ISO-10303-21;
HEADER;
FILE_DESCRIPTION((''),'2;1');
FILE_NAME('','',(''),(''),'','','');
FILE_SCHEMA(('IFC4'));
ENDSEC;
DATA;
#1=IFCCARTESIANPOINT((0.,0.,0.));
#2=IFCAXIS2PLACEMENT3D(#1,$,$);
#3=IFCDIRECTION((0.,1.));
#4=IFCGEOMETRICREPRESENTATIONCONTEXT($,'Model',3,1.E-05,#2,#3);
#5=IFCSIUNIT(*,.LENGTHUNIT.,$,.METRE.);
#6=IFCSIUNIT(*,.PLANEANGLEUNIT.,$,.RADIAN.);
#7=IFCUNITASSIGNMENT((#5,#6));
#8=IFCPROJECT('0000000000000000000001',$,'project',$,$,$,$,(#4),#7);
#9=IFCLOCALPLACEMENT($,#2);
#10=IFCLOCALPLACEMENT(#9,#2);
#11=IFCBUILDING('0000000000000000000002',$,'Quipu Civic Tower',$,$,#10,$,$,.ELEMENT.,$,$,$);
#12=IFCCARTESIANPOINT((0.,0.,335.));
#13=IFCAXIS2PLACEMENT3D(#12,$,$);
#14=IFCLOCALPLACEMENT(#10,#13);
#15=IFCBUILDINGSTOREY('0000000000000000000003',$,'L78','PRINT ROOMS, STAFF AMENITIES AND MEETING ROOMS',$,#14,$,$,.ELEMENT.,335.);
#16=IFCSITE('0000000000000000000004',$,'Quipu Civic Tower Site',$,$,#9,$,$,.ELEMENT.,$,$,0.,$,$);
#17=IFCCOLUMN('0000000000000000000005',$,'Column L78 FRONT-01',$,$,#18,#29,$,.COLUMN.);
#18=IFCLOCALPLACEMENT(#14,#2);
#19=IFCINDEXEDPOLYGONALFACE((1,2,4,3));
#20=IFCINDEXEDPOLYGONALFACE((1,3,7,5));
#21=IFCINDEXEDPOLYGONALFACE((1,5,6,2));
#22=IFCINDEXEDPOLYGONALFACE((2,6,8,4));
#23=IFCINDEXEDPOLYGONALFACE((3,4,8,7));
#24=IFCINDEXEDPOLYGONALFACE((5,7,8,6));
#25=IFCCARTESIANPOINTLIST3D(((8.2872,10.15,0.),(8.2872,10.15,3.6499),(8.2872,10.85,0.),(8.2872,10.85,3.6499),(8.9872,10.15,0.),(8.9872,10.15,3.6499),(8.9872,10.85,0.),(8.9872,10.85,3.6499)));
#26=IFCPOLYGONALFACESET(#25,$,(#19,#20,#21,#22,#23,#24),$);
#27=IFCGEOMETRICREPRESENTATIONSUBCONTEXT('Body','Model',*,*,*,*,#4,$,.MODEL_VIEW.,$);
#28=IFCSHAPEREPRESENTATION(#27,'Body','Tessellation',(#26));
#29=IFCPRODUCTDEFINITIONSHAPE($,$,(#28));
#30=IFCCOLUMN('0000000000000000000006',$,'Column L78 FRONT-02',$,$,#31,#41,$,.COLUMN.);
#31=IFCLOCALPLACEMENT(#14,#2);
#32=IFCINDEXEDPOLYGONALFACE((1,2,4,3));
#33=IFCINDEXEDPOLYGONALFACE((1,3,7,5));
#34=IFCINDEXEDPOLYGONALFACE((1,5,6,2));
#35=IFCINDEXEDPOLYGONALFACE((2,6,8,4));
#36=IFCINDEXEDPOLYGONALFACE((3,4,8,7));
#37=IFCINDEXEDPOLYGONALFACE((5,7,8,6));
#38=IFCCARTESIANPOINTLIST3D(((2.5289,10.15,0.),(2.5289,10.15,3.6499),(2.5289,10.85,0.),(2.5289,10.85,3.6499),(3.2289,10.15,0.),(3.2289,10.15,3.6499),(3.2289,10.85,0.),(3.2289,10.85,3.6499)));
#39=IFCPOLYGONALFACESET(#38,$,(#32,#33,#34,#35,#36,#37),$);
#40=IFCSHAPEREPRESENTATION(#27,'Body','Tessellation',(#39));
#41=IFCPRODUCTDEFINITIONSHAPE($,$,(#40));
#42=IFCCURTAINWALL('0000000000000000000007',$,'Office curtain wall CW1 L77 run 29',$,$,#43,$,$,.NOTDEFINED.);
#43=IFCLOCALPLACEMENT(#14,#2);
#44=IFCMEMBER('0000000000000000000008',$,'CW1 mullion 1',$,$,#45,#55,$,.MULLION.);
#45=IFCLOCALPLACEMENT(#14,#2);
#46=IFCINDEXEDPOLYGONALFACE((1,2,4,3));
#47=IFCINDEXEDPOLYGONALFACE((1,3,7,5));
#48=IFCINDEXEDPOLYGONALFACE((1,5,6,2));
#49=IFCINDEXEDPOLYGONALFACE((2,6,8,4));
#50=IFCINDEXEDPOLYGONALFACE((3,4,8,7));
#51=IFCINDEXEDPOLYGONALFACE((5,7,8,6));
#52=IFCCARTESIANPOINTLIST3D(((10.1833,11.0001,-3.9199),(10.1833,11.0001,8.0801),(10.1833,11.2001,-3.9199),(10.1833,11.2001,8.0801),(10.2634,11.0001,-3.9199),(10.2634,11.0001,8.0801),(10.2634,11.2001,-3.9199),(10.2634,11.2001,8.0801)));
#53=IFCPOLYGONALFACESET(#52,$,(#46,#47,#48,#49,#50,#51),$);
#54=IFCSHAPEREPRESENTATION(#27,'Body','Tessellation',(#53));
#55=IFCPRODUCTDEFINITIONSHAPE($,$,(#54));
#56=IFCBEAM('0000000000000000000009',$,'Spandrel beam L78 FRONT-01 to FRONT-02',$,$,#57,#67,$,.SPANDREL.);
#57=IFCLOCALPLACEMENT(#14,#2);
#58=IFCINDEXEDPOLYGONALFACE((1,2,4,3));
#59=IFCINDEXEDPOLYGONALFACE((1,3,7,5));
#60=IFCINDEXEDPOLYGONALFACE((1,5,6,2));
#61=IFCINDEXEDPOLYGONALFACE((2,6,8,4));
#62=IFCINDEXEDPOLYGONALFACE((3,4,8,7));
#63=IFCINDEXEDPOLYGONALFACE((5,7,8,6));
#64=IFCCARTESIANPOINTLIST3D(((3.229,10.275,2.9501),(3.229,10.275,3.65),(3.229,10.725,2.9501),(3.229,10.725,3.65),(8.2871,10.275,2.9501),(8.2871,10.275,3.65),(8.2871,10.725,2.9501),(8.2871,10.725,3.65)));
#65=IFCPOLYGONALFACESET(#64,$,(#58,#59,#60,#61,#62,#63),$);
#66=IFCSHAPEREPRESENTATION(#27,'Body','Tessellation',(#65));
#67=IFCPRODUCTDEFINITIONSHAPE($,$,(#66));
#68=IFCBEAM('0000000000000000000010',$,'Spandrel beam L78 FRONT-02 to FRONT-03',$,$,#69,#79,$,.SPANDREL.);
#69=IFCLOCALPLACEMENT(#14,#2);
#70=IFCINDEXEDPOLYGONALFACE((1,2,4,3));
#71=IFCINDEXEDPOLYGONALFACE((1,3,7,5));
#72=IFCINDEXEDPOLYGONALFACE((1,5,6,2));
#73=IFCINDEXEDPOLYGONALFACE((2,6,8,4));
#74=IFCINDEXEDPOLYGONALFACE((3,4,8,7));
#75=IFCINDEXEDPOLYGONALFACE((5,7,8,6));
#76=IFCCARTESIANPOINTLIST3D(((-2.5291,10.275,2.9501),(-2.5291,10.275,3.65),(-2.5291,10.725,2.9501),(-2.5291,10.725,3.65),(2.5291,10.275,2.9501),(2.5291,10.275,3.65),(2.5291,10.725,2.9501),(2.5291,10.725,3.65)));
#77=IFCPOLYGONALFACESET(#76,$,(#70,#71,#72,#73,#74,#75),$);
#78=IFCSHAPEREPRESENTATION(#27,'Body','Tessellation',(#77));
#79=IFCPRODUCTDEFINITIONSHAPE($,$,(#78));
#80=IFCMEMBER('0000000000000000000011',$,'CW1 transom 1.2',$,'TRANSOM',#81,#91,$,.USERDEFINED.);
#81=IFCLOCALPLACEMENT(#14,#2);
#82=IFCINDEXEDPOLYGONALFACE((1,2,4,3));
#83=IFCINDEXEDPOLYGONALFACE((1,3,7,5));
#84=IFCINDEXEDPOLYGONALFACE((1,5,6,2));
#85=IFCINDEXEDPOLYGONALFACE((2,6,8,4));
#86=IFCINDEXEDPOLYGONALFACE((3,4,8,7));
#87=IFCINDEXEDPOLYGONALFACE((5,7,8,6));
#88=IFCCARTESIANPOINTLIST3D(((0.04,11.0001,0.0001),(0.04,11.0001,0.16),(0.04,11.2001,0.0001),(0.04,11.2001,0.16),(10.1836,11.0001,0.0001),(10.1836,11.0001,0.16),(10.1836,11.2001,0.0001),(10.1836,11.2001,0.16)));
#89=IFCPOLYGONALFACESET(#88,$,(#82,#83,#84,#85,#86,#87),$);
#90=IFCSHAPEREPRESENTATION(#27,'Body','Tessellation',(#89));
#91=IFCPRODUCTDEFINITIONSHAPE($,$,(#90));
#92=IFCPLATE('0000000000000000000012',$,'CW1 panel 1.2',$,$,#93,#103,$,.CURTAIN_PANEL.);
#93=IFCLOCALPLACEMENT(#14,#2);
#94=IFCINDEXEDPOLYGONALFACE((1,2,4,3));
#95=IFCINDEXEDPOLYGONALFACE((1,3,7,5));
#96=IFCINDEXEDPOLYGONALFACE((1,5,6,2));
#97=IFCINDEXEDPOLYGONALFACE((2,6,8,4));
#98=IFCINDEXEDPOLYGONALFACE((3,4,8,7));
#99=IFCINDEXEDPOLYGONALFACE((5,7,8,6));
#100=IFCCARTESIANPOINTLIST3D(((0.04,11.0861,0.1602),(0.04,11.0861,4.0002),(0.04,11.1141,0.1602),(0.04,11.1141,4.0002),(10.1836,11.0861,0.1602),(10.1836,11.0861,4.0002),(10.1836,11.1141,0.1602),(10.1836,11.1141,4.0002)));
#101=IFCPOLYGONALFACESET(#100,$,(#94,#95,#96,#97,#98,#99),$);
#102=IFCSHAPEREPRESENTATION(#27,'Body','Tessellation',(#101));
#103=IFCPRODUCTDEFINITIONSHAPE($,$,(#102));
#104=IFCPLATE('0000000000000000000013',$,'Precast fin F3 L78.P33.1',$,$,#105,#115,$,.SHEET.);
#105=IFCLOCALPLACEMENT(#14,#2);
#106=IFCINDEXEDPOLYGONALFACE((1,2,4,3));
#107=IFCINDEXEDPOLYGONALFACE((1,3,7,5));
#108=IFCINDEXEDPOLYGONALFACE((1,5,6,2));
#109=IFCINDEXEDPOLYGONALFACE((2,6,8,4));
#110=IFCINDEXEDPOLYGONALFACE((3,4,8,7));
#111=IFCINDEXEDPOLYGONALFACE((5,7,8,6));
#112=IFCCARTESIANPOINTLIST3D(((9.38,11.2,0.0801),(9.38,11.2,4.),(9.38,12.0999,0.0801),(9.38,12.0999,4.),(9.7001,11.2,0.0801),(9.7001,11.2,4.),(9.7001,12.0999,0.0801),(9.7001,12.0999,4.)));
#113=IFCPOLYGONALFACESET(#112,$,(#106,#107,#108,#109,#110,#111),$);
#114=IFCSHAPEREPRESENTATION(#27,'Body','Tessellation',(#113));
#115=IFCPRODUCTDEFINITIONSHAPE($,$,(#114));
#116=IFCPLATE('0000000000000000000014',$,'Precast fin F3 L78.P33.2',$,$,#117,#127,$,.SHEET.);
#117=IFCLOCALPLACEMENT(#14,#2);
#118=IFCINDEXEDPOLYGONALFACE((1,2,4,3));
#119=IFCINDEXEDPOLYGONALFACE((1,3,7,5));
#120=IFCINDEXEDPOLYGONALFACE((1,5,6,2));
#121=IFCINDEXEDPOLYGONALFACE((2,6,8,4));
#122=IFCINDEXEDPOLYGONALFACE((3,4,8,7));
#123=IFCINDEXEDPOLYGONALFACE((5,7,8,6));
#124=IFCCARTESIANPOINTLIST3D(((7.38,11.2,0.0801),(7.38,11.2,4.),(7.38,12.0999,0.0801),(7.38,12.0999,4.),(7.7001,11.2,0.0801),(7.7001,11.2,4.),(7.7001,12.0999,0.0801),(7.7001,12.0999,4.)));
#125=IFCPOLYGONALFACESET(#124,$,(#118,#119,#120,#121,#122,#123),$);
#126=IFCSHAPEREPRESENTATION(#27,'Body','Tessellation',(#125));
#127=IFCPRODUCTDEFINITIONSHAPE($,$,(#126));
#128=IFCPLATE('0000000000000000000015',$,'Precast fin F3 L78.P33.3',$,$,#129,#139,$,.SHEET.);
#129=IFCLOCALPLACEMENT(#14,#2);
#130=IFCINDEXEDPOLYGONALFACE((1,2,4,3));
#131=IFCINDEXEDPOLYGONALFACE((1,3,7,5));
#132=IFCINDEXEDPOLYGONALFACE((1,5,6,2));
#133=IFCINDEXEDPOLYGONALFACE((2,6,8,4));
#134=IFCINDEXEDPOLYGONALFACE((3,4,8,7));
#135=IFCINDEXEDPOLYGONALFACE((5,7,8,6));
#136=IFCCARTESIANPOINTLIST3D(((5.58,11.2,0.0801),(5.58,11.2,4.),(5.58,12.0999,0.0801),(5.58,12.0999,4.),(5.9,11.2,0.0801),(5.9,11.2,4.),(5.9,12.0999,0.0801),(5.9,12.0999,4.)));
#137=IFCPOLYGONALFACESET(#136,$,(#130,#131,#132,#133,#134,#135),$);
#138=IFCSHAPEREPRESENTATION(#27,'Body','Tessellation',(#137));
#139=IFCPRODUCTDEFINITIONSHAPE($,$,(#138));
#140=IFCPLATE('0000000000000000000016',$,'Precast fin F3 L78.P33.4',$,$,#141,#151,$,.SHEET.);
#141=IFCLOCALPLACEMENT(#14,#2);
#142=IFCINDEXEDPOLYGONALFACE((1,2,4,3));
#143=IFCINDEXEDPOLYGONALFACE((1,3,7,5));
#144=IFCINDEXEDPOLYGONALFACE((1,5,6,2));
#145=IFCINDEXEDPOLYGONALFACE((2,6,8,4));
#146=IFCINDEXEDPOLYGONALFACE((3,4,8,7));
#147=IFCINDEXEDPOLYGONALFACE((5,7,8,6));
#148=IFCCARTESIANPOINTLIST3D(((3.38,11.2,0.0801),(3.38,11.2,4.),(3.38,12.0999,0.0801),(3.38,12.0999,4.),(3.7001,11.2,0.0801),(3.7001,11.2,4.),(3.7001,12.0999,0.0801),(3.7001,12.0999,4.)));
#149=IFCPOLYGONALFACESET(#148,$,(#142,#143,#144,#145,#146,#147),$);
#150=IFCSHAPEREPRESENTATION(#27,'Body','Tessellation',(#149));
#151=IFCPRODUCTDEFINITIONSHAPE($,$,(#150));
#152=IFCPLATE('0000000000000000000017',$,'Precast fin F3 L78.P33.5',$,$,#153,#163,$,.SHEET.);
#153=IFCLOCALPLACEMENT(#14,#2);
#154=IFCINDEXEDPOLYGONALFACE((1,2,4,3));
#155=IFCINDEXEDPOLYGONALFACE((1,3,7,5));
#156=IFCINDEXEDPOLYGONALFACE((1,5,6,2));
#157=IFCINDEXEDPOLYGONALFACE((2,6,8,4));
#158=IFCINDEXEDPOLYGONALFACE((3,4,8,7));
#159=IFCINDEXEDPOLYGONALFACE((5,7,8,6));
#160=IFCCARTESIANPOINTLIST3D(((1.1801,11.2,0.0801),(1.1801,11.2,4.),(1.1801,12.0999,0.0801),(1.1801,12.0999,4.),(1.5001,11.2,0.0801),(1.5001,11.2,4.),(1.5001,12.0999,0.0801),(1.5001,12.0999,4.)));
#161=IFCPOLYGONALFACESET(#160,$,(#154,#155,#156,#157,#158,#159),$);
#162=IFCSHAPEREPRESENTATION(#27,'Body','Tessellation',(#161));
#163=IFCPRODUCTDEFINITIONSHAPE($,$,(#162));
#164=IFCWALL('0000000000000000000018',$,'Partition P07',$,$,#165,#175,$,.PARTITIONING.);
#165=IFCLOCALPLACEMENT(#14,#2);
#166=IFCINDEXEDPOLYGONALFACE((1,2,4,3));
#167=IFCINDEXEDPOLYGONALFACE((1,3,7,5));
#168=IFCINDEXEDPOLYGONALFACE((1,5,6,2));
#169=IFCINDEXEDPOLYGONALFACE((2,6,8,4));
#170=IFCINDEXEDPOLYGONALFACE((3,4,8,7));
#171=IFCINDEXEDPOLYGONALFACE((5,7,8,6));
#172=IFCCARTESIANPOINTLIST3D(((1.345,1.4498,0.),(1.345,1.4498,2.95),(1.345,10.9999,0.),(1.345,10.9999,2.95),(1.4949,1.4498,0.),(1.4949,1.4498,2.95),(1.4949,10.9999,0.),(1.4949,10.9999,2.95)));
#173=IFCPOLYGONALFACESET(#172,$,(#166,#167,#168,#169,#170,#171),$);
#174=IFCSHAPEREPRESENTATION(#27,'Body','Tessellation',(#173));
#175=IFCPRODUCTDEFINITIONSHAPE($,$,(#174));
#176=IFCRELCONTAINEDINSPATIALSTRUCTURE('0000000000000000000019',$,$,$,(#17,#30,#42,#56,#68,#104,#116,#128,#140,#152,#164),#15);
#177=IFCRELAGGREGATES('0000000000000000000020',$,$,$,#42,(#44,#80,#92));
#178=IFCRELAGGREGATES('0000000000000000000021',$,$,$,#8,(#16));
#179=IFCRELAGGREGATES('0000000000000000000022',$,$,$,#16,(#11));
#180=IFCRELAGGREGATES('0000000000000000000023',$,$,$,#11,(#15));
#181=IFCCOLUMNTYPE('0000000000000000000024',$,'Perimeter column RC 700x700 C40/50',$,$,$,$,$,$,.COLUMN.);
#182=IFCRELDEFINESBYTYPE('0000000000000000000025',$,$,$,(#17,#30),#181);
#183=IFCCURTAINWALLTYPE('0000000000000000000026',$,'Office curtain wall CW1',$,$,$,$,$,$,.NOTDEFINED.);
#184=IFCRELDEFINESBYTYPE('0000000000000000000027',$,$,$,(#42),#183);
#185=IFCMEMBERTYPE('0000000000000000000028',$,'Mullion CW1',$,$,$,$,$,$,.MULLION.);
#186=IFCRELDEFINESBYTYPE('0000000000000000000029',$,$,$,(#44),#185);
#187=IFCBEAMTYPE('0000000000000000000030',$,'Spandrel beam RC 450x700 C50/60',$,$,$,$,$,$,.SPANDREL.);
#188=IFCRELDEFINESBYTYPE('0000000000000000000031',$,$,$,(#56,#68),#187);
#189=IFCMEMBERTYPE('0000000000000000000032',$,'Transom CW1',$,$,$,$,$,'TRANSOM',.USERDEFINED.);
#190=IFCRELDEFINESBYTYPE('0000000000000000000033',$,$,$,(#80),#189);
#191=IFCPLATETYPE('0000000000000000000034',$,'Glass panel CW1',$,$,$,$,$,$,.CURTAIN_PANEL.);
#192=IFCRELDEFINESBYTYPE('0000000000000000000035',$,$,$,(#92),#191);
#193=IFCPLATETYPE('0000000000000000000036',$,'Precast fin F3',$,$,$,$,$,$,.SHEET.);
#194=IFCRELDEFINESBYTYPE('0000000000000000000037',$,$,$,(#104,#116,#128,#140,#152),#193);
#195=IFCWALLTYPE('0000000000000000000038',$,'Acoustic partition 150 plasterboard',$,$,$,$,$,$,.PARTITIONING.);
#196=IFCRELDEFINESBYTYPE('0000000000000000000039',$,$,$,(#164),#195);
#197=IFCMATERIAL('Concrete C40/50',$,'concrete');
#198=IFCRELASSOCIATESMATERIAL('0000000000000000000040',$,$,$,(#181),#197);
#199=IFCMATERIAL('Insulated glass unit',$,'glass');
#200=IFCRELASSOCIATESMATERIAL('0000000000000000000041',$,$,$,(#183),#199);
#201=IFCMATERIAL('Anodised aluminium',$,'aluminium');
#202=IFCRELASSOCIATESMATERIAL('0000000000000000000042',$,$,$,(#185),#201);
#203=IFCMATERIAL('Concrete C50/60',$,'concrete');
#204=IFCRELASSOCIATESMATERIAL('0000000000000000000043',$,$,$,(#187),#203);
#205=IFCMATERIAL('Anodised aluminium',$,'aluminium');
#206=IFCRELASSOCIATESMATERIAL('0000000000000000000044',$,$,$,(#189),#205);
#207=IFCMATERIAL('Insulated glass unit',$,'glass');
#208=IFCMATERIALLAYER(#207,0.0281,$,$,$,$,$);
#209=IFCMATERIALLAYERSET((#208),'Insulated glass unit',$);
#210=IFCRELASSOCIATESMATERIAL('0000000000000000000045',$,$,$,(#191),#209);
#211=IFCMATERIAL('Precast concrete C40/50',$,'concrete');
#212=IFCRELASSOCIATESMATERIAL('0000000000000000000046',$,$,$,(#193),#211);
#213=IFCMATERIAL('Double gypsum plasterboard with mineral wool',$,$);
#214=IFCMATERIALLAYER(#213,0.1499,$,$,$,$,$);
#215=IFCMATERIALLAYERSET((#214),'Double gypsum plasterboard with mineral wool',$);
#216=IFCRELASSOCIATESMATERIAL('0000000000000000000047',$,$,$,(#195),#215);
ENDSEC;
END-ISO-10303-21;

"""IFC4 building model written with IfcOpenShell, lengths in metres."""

from ifc_helpers import new_model, si_unit, direction, frame, frame_2d, origin, origin_2d, place, context, subcontext, project, spatial, rectangle, extrude, material, layer, layer_set, material_profile, profile_set, type_object, element, aggregate, save


model = new_model("IFC4")

# Units and contexts
model_context = context("Model", 3, precision=1e-05, world=origin(), true_north=direction((0.0, 1.0)))
body_context = subcontext(model_context, "Body", "Model", "MODEL_VIEW")
ifc_project = project(units=[si_unit("LENGTHUNIT", "METRE"), si_unit("PLANEANGLEUNIT", "RADIAN")], contexts=[model_context])

# Site, building, storey
site_placement = place(None, origin())
site = spatial("IfcSite", under=ifc_project, at=site_placement, Name="Quipu Civic Tower Site", CompositionType="ELEMENT", RefElevation=0.0)
building_placement = place(site_placement, origin())
building = spatial("IfcBuilding", under=site, at=building_placement, Name="Quipu Civic Tower", CompositionType="ELEMENT")
storey_placement = place(building_placement, frame((0.0, 0.0, 335.0)))
storey = spatial("IfcBuildingStorey", under=building, at=storey_placement, Name="L78", Description="PRINT ROOMS, STAFF AMENITIES AND MEETING ROOMS", CompositionType="ELEMENT", Elevation=335.0)

# Columns
ifc_material_1 = material(Name="Concrete C40/50", Category="concrete")
ifc_material_profile_1 = material_profile(ifc_material_1, rectangle(XDim=0.7, YDim=0.7, at=origin_2d()), Name="RC700x700")
ifc_profile_set_1 = profile_set([ifc_material_profile_1], Name="Concrete C40/50")
column_type = type_object("IfcColumnType", Name="Perimeter column RC 700x700 C40/50", PredefinedType="COLUMN", material=ifc_profile_set_1)
for number, where, z_axis, x_axis, name in (
    (1, (8.6372, 10.5, 0.0), (0.0, 0.0, 1.0), (-1.0, 0.0, 0.0), "Column L78 FRONT-01"),
    (2, (2.8789, 10.5, 0.0), (0.0, 0.0, 1.0), (-1.0, 0.0, 0.0), "Column L78 FRONT-02"),
):
    element("IfcColumn", number, at=place(storey_placement, frame(where, z_axis=z_axis, x_axis=x_axis)), inside=storey, type_object=column_type, Name=name, PredefinedType="COLUMN", context=body_context, shape_type="SweptSolid", body=[
        extrude(rectangle(XDim=0.7, YDim=0.7, at=origin_2d()), origin(), (0.0, 0.0, 1.0), 3.6499),
    ])

# Curtain wall, member
ifc_material_2 = material(Name="Insulated glass unit", Category="glass")
curtain_wall_type = type_object("IfcCurtainWallType", Name="Office curtain wall CW1", PredefinedType="NOTDEFINED", material=ifc_material_2)
curtain_wall_placement = place(storey_placement, origin())
curtain_wall = element("IfcCurtainWall", 3, at=curtain_wall_placement, inside=storey, type_object=curtain_wall_type, Name="Office curtain wall CW1 L77 run 29", PredefinedType="NOTDEFINED")
ifc_material_3 = material(Name="Anodised aluminium", Category="aluminium")
ifc_material_profile_2 = material_profile(ifc_material_3, rectangle(XDim=0.2, YDim=0.0801, at=origin_2d()), Name="RECT 200x80")
ifc_profile_set_2 = profile_set([ifc_material_profile_2], Name="Anodised aluminium")
member_type_1 = type_object("IfcMemberType", Name="Mullion CW1", PredefinedType="MULLION", material=ifc_profile_set_2)
member_1_placement = place(storey_placement, frame((10.2234, 11.1001, -3.9199), z_axis=(0.0, 0.0, 1.0), x_axis=(0.0, -1.0, 0.0)))
member_1 = element("IfcMember", 4, at=member_1_placement, type_object=member_type_1, Name="CW1 mullion 1", PredefinedType="MULLION", context=body_context, shape_type="SweptSolid", body=[
    extrude(rectangle(XDim=0.2, YDim=0.0801, at=origin_2d()), origin(), (0.0, 0.0, 1.0), 12.0),
])

# Beams
ifc_material_4 = material(Name="Concrete C50/60", Category="concrete")
ifc_material_profile_3 = material_profile(ifc_material_4, rectangle(XDim=0.45, YDim=0.7, at=origin_2d()), Name="RC450x700")
ifc_profile_set_3 = profile_set([ifc_material_profile_3], Name="Concrete C50/60")
beam_type = type_object("IfcBeamType", Name="Spandrel beam RC 450x700 C50/60", PredefinedType="SPANDREL", material=ifc_profile_set_3)
for number, where, z_axis, x_axis, name in (
    (5, (8.2871, 10.5, 3.3), (-1.0, 0.0, 0.0), (0.0, -1.0, 0.0), "Spandrel beam L78 FRONT-01 to FRONT-02"),
    (6, (2.5291, 10.5, 3.3), (-1.0, 0.0, 0.0), (0.0, -1.0, 0.0), "Spandrel beam L78 FRONT-02 to FRONT-03"),
):
    element("IfcBeam", number, at=place(storey_placement, frame(where, z_axis=z_axis, x_axis=x_axis)), inside=storey, type_object=beam_type, Name=name, PredefinedType="SPANDREL", context=body_context, shape_type="SweptSolid", body=[
        extrude(rectangle(XDim=0.45, YDim=0.7, at=origin_2d()), origin(), (0.0, 0.0, 1.0), 5.0581),
    ])

# Member
ifc_material_5 = material(Name="Anodised aluminium", Category="aluminium")
ifc_material_profile_4 = material_profile(ifc_material_5, rectangle(XDim=0.2, YDim=0.1599, at=origin_2d()), Name="RECT 200x160")
ifc_profile_set_4 = profile_set([ifc_material_profile_4], Name="Anodised aluminium")
member_type_2 = type_object("IfcMemberType", Name="Transom CW1", ElementType="TRANSOM", PredefinedType="USERDEFINED", material=ifc_profile_set_4)
member_2_placement = place(storey_placement, frame((10.1836, 11.1001, 0.0801), z_axis=(-1.0, 0.0, 0.0), x_axis=(0.0, -1.0, 0.0)))
member_2 = element("IfcMember", 7, at=member_2_placement, type_object=member_type_2, Name="CW1 transom 1.2", ObjectType="TRANSOM", PredefinedType="USERDEFINED", context=body_context, shape_type="SweptSolid", body=[
    extrude(rectangle(XDim=0.2, YDim=0.1599, at=origin_2d()), origin(), (0.0, 0.0, 1.0), 10.1436),
])

# Plate
ifc_material_6 = material(Name="Insulated glass unit", Category="glass")
ifc_layer_1 = layer(ifc_material_6, 0.0281)
ifc_layer_set_1 = layer_set([ifc_layer_1], Name="Insulated glass unit")
plate_type_1 = type_object("IfcPlateType", Name="Glass panel CW1", PredefinedType="CURTAIN_PANEL", material=ifc_layer_set_1)
plate_placement = place(storey_placement, frame((5.1118, 11.1001, 0.1602), z_axis=(0.0, 0.0, 1.0), x_axis=(-1.0, 0.0, 0.0)))
plate = element("IfcPlate", 8, at=plate_placement, type_object=plate_type_1, Name="CW1 panel 1.2", PredefinedType="CURTAIN_PANEL", context=body_context, shape_type="SweptSolid", body=[
    extrude(rectangle(XDim=10.1436, YDim=0.0281, at=origin_2d()), origin(), (0.0, 0.0, 1.0), 3.8401),
])
aggregate(curtain_wall, [member_1, member_2, plate])

# Plates
ifc_material_7 = material(Name="Precast concrete C40/50", Category="concrete")
plate_type_2 = type_object("IfcPlateType", Name="Precast fin F3", PredefinedType="SHEET", material=ifc_material_7)
for number, where, z_axis, x_axis, name in (
    (9, (9.54, 11.6499, 0.0801), (0.0, 0.0, 1.0), (-1.0, 0.0, 0.0), "Precast fin F3 L78.P33.1"),
    (10, (7.54, 11.6499, 0.0801), (0.0, 0.0, 1.0), (-1.0, 0.0, 0.0), "Precast fin F3 L78.P33.2"),
    (11, (5.74, 11.6499, 0.0801), (0.0, 0.0, 1.0), (-1.0, 0.0, 0.0), "Precast fin F3 L78.P33.3"),
    (12, (3.54, 11.6499, 0.0801), (0.0, 0.0, 1.0), (-1.0, 0.0, 0.0), "Precast fin F3 L78.P33.4"),
    (13, (1.3401, 11.6499, 0.0801), (0.0, 0.0, 1.0), (-1.0, 0.0, 0.0), "Precast fin F3 L78.P33.5"),
):
    element("IfcPlate", number, at=place(storey_placement, frame(where, z_axis=z_axis, x_axis=x_axis)), inside=storey, type_object=plate_type_2, Name=name, PredefinedType="SHEET", context=body_context, shape_type="SweptSolid", body=[
        extrude(rectangle(XDim=0.3201, YDim=0.8999, at=origin_2d()), origin(), (0.0, 0.0, 1.0), 3.9199),
    ])

# Wall
ifc_material_8 = material(Name="Double gypsum plasterboard with mineral wool")
ifc_layer_2 = layer(ifc_material_8, 0.1499)
ifc_layer_set_2 = layer_set([ifc_layer_2], Name="Double gypsum plasterboard with mineral wool")
wall_type_1 = type_object("IfcWallType", Name="Acoustic partition 150 plasterboard", PredefinedType="PARTITIONING", material=ifc_layer_set_2)
wall_1_placement = place(storey_placement, frame((1.4199, 1.45, 0.0), z_axis=(0.0, 0.0, 1.0), x_axis=(0.0, 1.0, 0.0)))
element("IfcWall", 14, at=wall_1_placement, inside=storey, type_object=wall_type_1, Name="Partition P07", PredefinedType="PARTITIONING", context=body_context, shape_type="SweptSolid", body=[
    extrude(rectangle(XDim=9.55, YDim=0.1499, at=frame_2d((4.7749, 0.0))), origin(), (0.0, 0.0, 1.0), 2.95),
])

save(model, "model.ifc")
